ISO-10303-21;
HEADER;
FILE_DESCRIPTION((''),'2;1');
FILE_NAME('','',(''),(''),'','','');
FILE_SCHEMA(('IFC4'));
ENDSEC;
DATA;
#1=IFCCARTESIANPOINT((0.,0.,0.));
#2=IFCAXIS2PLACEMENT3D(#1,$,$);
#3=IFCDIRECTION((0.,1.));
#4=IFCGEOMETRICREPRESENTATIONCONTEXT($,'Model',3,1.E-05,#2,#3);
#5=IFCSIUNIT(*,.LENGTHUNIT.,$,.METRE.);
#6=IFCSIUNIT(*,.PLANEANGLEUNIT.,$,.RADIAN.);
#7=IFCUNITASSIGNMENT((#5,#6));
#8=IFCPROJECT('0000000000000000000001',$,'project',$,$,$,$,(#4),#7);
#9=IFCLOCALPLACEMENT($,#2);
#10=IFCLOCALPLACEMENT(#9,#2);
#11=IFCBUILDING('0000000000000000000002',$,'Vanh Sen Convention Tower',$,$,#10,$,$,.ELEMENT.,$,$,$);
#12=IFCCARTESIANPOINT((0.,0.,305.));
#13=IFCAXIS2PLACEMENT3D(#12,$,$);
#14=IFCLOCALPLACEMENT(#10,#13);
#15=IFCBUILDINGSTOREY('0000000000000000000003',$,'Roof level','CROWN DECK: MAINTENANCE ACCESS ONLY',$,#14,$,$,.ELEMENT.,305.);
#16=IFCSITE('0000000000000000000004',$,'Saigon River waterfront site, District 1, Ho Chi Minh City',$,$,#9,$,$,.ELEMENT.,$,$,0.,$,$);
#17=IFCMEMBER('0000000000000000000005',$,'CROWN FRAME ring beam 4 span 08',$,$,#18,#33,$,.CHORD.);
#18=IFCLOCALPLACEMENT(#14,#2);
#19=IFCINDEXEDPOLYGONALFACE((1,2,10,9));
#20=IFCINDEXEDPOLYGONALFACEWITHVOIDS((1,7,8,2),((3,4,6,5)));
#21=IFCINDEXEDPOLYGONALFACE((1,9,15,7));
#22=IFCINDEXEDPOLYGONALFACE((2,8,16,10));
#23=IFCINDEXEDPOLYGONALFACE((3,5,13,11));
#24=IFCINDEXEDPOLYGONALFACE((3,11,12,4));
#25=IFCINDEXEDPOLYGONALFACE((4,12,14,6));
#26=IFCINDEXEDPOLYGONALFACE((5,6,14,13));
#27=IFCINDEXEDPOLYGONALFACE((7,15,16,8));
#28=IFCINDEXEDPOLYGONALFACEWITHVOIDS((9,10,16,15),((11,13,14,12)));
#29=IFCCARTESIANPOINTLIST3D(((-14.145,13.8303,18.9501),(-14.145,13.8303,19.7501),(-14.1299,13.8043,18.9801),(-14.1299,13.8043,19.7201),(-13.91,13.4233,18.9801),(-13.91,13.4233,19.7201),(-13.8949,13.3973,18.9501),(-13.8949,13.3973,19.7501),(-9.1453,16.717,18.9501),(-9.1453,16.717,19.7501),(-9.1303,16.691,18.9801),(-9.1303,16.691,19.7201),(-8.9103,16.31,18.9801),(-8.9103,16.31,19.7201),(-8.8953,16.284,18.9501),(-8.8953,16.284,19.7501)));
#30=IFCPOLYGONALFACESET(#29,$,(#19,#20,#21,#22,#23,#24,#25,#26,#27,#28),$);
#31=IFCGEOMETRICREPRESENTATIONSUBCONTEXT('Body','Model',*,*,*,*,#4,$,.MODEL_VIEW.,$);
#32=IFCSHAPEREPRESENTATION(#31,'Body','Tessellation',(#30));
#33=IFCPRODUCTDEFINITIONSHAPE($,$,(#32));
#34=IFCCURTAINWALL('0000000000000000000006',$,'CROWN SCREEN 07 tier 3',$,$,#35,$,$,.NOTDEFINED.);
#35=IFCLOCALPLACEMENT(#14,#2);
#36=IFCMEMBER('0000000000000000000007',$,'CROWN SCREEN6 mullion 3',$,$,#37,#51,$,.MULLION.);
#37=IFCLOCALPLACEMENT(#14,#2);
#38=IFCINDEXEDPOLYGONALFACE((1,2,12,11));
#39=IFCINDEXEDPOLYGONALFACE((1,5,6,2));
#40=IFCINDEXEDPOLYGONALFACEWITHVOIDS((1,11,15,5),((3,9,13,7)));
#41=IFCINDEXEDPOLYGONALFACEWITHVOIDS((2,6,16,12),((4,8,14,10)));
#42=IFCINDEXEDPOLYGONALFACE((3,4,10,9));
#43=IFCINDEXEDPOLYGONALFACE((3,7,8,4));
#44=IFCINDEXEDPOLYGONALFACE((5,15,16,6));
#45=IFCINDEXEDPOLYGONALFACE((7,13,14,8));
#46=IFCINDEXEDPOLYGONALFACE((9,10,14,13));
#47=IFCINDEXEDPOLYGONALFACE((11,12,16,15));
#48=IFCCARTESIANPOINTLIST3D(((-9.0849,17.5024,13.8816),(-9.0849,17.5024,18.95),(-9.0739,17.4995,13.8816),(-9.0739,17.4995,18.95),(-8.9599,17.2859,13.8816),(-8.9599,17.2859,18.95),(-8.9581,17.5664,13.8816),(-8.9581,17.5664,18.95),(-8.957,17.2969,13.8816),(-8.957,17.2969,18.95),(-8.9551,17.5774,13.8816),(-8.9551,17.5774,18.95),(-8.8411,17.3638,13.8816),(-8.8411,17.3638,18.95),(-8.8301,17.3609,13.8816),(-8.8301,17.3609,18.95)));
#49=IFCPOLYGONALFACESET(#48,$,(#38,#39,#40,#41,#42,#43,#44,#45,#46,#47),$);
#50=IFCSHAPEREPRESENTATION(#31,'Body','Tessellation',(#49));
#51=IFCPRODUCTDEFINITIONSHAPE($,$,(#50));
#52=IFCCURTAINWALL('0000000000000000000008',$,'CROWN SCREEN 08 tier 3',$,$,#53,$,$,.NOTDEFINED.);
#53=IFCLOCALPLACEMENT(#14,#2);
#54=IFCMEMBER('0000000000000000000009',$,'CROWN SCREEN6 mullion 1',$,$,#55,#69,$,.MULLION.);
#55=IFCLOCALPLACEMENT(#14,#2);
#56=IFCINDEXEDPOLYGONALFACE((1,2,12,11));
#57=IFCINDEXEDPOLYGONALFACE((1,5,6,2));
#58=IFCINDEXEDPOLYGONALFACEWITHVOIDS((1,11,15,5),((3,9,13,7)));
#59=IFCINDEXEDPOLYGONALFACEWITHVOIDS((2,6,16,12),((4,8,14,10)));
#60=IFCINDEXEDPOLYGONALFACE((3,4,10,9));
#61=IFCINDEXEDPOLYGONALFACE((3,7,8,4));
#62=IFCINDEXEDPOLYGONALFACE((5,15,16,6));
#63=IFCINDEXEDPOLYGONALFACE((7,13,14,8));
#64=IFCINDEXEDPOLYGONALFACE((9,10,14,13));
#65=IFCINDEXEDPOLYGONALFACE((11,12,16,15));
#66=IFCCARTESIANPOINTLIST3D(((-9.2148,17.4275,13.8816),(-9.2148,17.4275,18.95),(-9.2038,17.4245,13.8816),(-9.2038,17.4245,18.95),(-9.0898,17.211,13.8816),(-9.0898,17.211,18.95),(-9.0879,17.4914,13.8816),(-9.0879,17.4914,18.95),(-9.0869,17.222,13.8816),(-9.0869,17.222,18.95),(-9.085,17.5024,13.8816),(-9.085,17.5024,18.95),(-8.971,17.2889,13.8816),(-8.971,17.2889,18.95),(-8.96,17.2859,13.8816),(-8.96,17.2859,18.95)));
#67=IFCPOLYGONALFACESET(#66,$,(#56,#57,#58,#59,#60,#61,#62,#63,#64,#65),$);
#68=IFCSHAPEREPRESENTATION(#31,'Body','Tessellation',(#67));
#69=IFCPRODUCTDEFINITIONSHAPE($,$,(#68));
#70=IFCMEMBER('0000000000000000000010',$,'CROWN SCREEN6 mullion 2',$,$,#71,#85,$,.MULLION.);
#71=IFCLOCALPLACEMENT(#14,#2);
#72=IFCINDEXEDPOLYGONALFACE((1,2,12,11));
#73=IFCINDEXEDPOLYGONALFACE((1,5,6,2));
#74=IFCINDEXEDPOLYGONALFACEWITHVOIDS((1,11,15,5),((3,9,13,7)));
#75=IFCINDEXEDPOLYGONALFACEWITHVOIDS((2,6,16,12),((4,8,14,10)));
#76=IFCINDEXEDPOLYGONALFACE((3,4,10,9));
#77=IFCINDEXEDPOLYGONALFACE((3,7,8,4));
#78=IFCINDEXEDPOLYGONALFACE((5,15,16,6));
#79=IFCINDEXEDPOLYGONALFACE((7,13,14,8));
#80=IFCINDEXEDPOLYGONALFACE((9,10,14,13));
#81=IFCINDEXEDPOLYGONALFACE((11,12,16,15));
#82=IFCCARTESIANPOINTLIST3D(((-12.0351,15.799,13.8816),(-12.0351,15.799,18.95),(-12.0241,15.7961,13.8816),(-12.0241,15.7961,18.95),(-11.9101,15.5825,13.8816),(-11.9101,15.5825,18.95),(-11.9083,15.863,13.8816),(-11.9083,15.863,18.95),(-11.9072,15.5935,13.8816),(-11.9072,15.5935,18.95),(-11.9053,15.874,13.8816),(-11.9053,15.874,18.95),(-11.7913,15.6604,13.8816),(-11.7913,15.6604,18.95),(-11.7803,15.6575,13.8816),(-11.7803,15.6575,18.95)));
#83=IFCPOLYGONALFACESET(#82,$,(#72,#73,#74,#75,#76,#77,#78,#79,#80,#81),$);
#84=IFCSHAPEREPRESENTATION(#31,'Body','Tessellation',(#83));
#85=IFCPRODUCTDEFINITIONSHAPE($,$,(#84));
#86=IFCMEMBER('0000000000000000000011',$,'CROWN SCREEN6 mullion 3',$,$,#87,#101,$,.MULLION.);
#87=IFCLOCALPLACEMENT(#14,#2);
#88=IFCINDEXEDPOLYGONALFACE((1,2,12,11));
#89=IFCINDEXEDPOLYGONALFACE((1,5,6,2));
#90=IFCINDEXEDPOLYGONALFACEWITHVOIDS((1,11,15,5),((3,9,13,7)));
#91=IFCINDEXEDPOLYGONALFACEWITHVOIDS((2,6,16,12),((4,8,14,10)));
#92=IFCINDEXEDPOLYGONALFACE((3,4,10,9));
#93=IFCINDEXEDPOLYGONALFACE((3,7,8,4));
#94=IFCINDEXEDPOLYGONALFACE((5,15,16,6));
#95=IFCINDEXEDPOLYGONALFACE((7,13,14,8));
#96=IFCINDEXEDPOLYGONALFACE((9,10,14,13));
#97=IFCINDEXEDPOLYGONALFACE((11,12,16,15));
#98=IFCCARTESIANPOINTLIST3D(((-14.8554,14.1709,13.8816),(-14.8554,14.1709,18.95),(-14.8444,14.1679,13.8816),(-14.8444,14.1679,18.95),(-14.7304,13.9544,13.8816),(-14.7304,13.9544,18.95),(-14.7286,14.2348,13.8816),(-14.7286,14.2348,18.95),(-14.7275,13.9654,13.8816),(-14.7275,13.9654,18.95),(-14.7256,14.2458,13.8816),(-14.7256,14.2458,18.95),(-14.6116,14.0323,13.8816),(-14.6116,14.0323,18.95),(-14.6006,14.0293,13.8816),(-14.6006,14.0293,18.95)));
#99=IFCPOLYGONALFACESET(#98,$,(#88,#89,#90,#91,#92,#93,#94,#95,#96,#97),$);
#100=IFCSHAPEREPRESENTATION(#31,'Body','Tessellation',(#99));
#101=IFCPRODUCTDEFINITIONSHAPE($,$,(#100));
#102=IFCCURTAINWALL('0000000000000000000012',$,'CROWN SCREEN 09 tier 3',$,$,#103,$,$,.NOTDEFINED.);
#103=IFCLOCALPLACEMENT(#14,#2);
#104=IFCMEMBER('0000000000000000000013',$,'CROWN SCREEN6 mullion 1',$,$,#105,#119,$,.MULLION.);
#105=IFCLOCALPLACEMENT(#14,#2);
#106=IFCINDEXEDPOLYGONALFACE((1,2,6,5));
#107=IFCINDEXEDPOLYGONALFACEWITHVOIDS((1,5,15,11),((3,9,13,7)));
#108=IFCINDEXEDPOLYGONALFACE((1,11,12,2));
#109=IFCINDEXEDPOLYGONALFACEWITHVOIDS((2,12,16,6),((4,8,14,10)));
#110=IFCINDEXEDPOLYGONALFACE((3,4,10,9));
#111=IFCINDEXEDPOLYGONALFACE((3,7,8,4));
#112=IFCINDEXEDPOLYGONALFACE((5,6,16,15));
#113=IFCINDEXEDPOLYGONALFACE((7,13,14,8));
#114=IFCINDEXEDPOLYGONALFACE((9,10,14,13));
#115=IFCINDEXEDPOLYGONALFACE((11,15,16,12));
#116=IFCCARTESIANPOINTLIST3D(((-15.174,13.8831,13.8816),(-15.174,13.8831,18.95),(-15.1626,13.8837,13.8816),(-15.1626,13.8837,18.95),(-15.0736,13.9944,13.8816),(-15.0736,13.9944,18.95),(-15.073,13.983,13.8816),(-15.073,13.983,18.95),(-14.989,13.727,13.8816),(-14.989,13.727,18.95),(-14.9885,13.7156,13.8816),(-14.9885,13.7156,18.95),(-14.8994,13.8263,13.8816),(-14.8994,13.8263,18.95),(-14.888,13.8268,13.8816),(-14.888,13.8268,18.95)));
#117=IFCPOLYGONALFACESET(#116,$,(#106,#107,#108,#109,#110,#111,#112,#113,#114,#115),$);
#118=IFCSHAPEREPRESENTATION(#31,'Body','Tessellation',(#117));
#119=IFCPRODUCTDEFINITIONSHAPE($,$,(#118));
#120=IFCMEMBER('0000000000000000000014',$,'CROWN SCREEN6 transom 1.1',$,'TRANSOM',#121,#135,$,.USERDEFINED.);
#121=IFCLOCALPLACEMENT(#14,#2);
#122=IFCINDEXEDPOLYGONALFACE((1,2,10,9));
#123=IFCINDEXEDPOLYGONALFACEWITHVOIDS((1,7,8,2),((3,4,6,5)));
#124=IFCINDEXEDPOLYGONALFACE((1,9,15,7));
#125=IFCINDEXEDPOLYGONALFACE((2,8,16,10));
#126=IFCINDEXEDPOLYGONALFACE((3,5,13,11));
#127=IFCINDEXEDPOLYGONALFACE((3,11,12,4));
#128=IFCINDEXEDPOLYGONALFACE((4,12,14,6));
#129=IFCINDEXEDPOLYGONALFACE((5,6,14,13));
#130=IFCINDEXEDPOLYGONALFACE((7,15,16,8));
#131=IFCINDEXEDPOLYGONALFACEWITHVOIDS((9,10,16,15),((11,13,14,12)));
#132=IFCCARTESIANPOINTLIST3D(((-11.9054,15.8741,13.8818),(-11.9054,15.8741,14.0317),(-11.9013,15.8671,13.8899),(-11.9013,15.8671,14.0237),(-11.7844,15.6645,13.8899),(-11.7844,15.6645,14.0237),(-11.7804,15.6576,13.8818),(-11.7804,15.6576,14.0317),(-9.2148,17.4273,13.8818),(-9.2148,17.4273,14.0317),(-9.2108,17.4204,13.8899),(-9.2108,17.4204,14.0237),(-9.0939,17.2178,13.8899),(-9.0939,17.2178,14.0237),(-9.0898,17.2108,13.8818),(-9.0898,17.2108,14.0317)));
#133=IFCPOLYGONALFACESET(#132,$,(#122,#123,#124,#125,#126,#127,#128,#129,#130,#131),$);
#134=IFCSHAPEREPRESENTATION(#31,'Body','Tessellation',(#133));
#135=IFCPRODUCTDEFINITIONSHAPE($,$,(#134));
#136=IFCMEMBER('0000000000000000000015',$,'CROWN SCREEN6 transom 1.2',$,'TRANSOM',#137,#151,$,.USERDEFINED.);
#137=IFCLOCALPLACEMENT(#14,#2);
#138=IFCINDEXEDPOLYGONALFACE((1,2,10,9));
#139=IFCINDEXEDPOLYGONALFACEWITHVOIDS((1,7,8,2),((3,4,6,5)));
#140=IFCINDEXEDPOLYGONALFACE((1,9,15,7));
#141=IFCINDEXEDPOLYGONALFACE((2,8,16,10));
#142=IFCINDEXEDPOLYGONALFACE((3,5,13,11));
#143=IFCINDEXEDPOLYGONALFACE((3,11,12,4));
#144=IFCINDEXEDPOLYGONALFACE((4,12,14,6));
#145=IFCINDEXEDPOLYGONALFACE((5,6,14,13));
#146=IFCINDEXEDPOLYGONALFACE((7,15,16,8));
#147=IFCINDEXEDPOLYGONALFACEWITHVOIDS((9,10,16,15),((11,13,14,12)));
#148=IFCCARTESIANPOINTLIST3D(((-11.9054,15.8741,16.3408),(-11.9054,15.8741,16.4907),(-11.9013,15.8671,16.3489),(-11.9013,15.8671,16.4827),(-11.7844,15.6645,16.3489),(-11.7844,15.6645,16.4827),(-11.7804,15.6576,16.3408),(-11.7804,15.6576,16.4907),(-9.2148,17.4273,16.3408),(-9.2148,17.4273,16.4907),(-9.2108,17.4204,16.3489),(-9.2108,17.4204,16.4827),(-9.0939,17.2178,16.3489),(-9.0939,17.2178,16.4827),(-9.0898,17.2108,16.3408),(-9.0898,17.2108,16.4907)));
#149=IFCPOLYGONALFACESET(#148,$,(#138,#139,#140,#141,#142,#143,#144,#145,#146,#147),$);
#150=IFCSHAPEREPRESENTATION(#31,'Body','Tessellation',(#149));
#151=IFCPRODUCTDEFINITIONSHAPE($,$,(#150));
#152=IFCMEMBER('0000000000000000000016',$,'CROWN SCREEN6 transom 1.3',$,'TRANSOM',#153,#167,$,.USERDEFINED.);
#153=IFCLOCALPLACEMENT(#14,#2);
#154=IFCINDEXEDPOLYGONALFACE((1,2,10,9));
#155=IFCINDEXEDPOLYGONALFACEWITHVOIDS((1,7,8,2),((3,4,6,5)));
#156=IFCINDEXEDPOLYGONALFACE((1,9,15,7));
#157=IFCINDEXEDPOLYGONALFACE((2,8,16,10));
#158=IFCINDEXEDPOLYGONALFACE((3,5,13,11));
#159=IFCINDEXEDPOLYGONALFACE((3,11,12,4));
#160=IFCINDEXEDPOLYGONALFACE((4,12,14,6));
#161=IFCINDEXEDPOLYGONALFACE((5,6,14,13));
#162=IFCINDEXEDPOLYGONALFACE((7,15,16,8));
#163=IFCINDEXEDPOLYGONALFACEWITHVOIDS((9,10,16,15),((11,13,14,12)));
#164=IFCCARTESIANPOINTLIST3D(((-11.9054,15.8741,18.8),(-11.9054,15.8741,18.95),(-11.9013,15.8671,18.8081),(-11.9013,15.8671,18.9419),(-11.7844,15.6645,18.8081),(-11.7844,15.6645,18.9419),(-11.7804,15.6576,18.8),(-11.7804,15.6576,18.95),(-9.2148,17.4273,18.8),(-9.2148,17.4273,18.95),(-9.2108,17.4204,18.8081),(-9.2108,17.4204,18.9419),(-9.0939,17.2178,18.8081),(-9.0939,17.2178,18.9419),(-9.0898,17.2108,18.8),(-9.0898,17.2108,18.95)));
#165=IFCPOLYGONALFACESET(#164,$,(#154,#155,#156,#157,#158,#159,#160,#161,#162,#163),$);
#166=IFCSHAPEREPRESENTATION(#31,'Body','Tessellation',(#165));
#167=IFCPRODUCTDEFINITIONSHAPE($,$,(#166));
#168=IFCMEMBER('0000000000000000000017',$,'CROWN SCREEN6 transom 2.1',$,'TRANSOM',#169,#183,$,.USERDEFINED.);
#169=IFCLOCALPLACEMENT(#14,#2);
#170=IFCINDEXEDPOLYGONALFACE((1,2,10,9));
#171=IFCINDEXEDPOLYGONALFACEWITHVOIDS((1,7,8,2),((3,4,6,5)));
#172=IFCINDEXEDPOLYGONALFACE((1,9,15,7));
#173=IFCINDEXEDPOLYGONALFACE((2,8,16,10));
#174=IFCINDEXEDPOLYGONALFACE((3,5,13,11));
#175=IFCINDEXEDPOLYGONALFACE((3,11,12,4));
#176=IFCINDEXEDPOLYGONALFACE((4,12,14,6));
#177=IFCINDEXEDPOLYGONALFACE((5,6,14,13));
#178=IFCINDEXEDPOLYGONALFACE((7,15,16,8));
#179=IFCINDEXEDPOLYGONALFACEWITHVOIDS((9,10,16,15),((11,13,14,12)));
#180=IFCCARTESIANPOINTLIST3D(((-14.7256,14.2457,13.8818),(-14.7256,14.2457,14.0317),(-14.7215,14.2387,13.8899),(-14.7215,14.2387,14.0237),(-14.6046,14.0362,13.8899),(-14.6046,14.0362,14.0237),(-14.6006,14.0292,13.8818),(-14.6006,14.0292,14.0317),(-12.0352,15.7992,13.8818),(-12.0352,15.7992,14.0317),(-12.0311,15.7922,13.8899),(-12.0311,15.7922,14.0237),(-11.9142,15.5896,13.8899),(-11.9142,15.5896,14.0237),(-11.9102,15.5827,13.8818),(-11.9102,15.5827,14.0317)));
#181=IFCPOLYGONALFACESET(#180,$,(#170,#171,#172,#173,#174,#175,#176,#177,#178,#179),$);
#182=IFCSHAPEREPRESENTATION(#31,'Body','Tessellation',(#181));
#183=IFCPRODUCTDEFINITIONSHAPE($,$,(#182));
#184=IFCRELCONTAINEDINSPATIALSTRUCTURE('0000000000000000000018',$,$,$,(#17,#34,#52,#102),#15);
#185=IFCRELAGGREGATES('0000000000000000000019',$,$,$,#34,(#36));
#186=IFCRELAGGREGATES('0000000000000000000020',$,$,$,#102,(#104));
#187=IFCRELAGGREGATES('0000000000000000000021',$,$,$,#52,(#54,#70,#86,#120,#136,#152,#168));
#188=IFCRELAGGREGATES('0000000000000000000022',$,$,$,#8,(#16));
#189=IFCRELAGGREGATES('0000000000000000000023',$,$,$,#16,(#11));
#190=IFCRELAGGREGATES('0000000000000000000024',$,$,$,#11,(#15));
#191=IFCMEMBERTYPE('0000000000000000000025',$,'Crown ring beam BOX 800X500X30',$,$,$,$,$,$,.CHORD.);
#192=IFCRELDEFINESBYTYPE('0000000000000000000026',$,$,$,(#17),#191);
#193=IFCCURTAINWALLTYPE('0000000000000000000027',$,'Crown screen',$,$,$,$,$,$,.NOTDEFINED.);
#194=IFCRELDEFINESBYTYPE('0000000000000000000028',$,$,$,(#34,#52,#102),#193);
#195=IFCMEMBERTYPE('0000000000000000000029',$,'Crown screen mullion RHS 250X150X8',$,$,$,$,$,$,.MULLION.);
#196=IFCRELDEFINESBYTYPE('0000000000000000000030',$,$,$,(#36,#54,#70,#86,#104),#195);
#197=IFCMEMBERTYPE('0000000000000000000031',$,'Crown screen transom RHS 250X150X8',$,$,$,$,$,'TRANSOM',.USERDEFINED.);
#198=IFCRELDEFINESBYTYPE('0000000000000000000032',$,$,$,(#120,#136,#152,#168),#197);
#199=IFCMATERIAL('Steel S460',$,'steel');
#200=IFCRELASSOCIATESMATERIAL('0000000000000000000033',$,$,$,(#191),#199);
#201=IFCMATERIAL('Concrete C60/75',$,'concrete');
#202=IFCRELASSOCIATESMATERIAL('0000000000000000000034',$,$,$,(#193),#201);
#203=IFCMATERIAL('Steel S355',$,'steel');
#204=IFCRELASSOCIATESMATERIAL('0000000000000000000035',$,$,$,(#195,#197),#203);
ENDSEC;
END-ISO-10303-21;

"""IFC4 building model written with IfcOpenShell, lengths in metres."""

from ifc_helpers import new_model, si_unit, direction, frame, origin, origin_2d, place, context, subcontext, project, spatial, hollow_rectangle, extrude, material, material_profile, profile_set, type_object, element, aggregate, save


model = new_model("IFC4")

# Units and contexts
model_context = context("Model", 3, precision=1e-05, world=origin(), true_north=direction((0.0, 1.0)))
body_context = subcontext(model_context, "Body", "Model", "MODEL_VIEW")
ifc_project = project(units=[si_unit("LENGTHUNIT", "METRE"), si_unit("PLANEANGLEUNIT", "RADIAN")], contexts=[model_context])

# Site, building, storey
site_placement = place(None, origin())
site = spatial("IfcSite", under=ifc_project, at=site_placement, Name="Saigon River waterfront site, District 1, Ho Chi Minh City", CompositionType="ELEMENT", RefElevation=0.0)
building_placement = place(site_placement, origin())
building = spatial("IfcBuilding", under=site, at=building_placement, Name="Vanh Sen Convention Tower", CompositionType="ELEMENT")
storey_placement = place(building_placement, frame((0.0, 0.0, 305.0)))
storey = spatial("IfcBuildingStorey", under=building, at=storey_placement, Name="Roof level", Description="CROWN DECK: MAINTENANCE ACCESS ONLY", CompositionType="ELEMENT", Elevation=305.0)

# Member
ifc_material_1 = material(Name="Steel S460", Category="steel")
ifc_material_profile_1 = material_profile(ifc_material_1, hollow_rectangle(XDim=0.5, YDim=0.8, WallThickness=0.03, at=origin_2d()), Name="BOX 800X500X30")
ifc_profile_set_1 = profile_set([ifc_material_profile_1], Name="Steel S460")
member_type_1 = type_object("IfcMemberType", Name="Crown ring beam BOX 800X500X30", PredefinedType="CHORD", material=ifc_profile_set_1)
member_1_placement = place(storey_placement, frame((-9.0203, 16.5005, 19.3501), z_axis=(-0.866017, -0.500014, 0.0), x_axis=(0.500014, -0.866017, 0.0)))
element("IfcMember", 1, at=member_1_placement, inside=storey, type_object=member_type_1, Name="CROWN FRAME ring beam 4 span 08", PredefinedType="CHORD", context=body_context, shape_type="SweptSolid", body=[
    extrude(hollow_rectangle(XDim=0.5, YDim=0.8, WallThickness=0.03, at=origin_2d()), origin(), (0.0, 0.0, 1.0), 5.7732),
])

# Curtain wall, member
ifc_material_2 = material(Name="Concrete C60/75", Category="concrete")
curtain_wall_type = type_object("IfcCurtainWallType", Name="Crown screen", PredefinedType="NOTDEFINED", material=ifc_material_2)
curtain_wall_1_placement = place(storey_placement, origin())
curtain_wall_1 = element("IfcCurtainWall", 2, at=curtain_wall_1_placement, inside=storey, type_object=curtain_wall_type, Name="CROWN SCREEN 07 tier 3", PredefinedType="NOTDEFINED")
ifc_material_3 = material(Name="Steel S355", Category="steel")
ifc_material_profile_2 = material_profile(ifc_material_3, hollow_rectangle(XDim=0.25, YDim=0.1499, WallThickness=0.0081, at=origin_2d()), Name="RHS 250X150X8")
ifc_profile_set_2 = profile_set([ifc_material_profile_2], Name="Steel S355")
member_type_2 = type_object("IfcMemberType", Name="Crown screen mullion RHS 250X150X8", PredefinedType="MULLION", material=ifc_profile_set_2)
member_2_placement = place(storey_placement, frame((-8.9575, 17.4316, 13.8816), z_axis=(0.0, 0.0, 1.0), x_axis=(0.500005, -0.866023, 0.0)))
member_2 = element("IfcMember", 3, at=member_2_placement, type_object=member_type_2, Name="CROWN SCREEN6 mullion 3", PredefinedType="MULLION", context=body_context, shape_type="SweptSolid", body=[
    extrude(hollow_rectangle(XDim=0.25, YDim=0.1499, WallThickness=0.0081, at=origin_2d()), origin(), (0.0, 0.0, 1.0), 5.0684),
])
aggregate(curtain_wall_1, [member_2])

# Curtain wall, members
curtain_wall_2_placement = place(storey_placement, origin())
curtain_wall_2 = element("IfcCurtainWall", 4, at=curtain_wall_2_placement, inside=storey, type_object=curtain_wall_type, Name="CROWN SCREEN 08 tier 3", PredefinedType="NOTDEFINED")
member_3_placement = place(storey_placement, frame((-9.0874, 17.3567, 13.8816), z_axis=(0.0, 0.0, 1.0), x_axis=(0.500005, -0.866023, 0.0)))
member_3 = element("IfcMember", 5, at=member_3_placement, type_object=member_type_2, Name="CROWN SCREEN6 mullion 1", PredefinedType="MULLION", context=body_context, shape_type="SweptSolid", body=[
    extrude(hollow_rectangle(XDim=0.25, YDim=0.1499, WallThickness=0.0081, at=origin_2d()), origin(), (0.0, 0.0, 1.0), 5.0684),
])
member_4_placement = place(storey_placement, frame((-11.9077, 15.7283, 13.8816), z_axis=(0.0, 0.0, 1.0), x_axis=(0.500005, -0.866023, 0.0)))
member_4 = element("IfcMember", 6, at=member_4_placement, type_object=member_type_2, Name="CROWN SCREEN6 mullion 2", PredefinedType="MULLION", context=body_context, shape_type="SweptSolid", body=[
    extrude(hollow_rectangle(XDim=0.25, YDim=0.1499, WallThickness=0.0081, at=origin_2d()), origin(), (0.0, 0.0, 1.0), 5.0684),
])
member_5_placement = place(storey_placement, frame((-14.728, 14.1001, 13.8816), z_axis=(0.0, 0.0, 1.0), x_axis=(0.500005, -0.866023, 0.0)))
member_5 = element("IfcMember", 7, at=member_5_placement, type_object=member_type_2, Name="CROWN SCREEN6 mullion 3", PredefinedType="MULLION", context=body_context, shape_type="SweptSolid", body=[
    extrude(hollow_rectangle(XDim=0.25, YDim=0.1499, WallThickness=0.0081, at=origin_2d()), origin(), (0.0, 0.0, 1.0), 5.0684),
])

# Curtain wall, member
curtain_wall_3_placement = place(storey_placement, origin())
curtain_wall_3 = element("IfcCurtainWall", 8, at=curtain_wall_3_placement, inside=storey, type_object=curtain_wall_type, Name="CROWN SCREEN 09 tier 3", PredefinedType="NOTDEFINED")
member_6_placement = place(storey_placement, frame((-15.031, 13.855, 13.8816), z_axis=(0.0, 0.0, 1.0), x_axis=(0.742232, -0.670143, 0.0)))
member_6 = element("IfcMember", 9, at=member_6_placement, type_object=member_type_2, Name="CROWN SCREEN6 mullion 1", PredefinedType="MULLION", context=body_context, shape_type="SweptSolid", body=[
    extrude(hollow_rectangle(XDim=0.25, YDim=0.1499, WallThickness=0.0081, at=origin_2d()), origin(), (0.0, 0.0, 1.0), 5.0684),
])

# Members
ifc_material_profile_3 = material_profile(ifc_material_3, hollow_rectangle(XDim=0.25, YDim=0.1499, WallThickness=0.0081, at=origin_2d()), Name="RHS 250X150X8")
ifc_profile_set_3 = profile_set([ifc_material_profile_3], Name="Steel S355")
member_type_3 = type_object("IfcMemberType", Name="Crown screen transom RHS 250X150X8", ElementType="TRANSOM", PredefinedType="USERDEFINED", material=ifc_profile_set_3)
member_7_placement = place(storey_placement, frame((-9.1523, 17.3191, 13.9568), z_axis=(-0.866039, -0.499976, 0.0), x_axis=(0.499976, -0.866039, 0.0)))
member_7 = element("IfcMember", 10, at=member_7_placement, type_object=member_type_3, Name="CROWN SCREEN6 transom 1.1", ObjectType="TRANSOM", PredefinedType="USERDEFINED", context=body_context, shape_type="SweptSolid", body=[
    extrude(hollow_rectangle(XDim=0.25, YDim=0.1499, WallThickness=0.0081, at=origin_2d()), origin(), (0.0, 0.0, 1.0), 3.1067),
])
member_8_placement = place(storey_placement, frame((-9.1523, 17.3191, 16.4158), z_axis=(-0.866039, -0.499976, 0.0), x_axis=(0.499976, -0.866039, 0.0)))
member_8 = element("IfcMember", 11, at=member_8_placement, type_object=member_type_3, Name="CROWN SCREEN6 transom 1.2", ObjectType="TRANSOM", PredefinedType="USERDEFINED", context=body_context, shape_type="SweptSolid", body=[
    extrude(hollow_rectangle(XDim=0.25, YDim=0.1499, WallThickness=0.0081, at=origin_2d()), origin(), (0.0, 0.0, 1.0), 3.1067),
])
member_9_placement = place(storey_placement, frame((-9.1523, 17.3191, 18.875), z_axis=(-0.866039, -0.499976, 0.0), x_axis=(0.499976, -0.866039, 0.0)))
member_9 = element("IfcMember", 12, at=member_9_placement, type_object=member_type_3, Name="CROWN SCREEN6 transom 1.3", ObjectType="TRANSOM", PredefinedType="USERDEFINED", context=body_context, shape_type="SweptSolid", body=[
    extrude(hollow_rectangle(XDim=0.25, YDim=0.1499, WallThickness=0.0081, at=origin_2d()), origin(), (0.0, 0.0, 1.0), 3.1067),
])
member_10_placement = place(storey_placement, frame((-11.9727, 15.6909, 13.9568), z_axis=(-0.866005, -0.500035, 0.0), x_axis=(0.500035, -0.866005, 0.0)))
member_10 = element("IfcMember", 13, at=member_10_placement, type_object=member_type_3, Name="CROWN SCREEN6 transom 2.1", ObjectType="TRANSOM", PredefinedType="USERDEFINED", context=body_context, shape_type="SweptSolid", body=[
    extrude(hollow_rectangle(XDim=0.25, YDim=0.1499, WallThickness=0.0081, at=origin_2d()), origin(), (0.0, 0.0, 1.0), 3.1067),
])
aggregate(curtain_wall_3, [member_6])

aggregate(curtain_wall_2, [member_3, member_4, member_5, member_7, member_8, member_9, member_10])

save(model, "model.ifc")
